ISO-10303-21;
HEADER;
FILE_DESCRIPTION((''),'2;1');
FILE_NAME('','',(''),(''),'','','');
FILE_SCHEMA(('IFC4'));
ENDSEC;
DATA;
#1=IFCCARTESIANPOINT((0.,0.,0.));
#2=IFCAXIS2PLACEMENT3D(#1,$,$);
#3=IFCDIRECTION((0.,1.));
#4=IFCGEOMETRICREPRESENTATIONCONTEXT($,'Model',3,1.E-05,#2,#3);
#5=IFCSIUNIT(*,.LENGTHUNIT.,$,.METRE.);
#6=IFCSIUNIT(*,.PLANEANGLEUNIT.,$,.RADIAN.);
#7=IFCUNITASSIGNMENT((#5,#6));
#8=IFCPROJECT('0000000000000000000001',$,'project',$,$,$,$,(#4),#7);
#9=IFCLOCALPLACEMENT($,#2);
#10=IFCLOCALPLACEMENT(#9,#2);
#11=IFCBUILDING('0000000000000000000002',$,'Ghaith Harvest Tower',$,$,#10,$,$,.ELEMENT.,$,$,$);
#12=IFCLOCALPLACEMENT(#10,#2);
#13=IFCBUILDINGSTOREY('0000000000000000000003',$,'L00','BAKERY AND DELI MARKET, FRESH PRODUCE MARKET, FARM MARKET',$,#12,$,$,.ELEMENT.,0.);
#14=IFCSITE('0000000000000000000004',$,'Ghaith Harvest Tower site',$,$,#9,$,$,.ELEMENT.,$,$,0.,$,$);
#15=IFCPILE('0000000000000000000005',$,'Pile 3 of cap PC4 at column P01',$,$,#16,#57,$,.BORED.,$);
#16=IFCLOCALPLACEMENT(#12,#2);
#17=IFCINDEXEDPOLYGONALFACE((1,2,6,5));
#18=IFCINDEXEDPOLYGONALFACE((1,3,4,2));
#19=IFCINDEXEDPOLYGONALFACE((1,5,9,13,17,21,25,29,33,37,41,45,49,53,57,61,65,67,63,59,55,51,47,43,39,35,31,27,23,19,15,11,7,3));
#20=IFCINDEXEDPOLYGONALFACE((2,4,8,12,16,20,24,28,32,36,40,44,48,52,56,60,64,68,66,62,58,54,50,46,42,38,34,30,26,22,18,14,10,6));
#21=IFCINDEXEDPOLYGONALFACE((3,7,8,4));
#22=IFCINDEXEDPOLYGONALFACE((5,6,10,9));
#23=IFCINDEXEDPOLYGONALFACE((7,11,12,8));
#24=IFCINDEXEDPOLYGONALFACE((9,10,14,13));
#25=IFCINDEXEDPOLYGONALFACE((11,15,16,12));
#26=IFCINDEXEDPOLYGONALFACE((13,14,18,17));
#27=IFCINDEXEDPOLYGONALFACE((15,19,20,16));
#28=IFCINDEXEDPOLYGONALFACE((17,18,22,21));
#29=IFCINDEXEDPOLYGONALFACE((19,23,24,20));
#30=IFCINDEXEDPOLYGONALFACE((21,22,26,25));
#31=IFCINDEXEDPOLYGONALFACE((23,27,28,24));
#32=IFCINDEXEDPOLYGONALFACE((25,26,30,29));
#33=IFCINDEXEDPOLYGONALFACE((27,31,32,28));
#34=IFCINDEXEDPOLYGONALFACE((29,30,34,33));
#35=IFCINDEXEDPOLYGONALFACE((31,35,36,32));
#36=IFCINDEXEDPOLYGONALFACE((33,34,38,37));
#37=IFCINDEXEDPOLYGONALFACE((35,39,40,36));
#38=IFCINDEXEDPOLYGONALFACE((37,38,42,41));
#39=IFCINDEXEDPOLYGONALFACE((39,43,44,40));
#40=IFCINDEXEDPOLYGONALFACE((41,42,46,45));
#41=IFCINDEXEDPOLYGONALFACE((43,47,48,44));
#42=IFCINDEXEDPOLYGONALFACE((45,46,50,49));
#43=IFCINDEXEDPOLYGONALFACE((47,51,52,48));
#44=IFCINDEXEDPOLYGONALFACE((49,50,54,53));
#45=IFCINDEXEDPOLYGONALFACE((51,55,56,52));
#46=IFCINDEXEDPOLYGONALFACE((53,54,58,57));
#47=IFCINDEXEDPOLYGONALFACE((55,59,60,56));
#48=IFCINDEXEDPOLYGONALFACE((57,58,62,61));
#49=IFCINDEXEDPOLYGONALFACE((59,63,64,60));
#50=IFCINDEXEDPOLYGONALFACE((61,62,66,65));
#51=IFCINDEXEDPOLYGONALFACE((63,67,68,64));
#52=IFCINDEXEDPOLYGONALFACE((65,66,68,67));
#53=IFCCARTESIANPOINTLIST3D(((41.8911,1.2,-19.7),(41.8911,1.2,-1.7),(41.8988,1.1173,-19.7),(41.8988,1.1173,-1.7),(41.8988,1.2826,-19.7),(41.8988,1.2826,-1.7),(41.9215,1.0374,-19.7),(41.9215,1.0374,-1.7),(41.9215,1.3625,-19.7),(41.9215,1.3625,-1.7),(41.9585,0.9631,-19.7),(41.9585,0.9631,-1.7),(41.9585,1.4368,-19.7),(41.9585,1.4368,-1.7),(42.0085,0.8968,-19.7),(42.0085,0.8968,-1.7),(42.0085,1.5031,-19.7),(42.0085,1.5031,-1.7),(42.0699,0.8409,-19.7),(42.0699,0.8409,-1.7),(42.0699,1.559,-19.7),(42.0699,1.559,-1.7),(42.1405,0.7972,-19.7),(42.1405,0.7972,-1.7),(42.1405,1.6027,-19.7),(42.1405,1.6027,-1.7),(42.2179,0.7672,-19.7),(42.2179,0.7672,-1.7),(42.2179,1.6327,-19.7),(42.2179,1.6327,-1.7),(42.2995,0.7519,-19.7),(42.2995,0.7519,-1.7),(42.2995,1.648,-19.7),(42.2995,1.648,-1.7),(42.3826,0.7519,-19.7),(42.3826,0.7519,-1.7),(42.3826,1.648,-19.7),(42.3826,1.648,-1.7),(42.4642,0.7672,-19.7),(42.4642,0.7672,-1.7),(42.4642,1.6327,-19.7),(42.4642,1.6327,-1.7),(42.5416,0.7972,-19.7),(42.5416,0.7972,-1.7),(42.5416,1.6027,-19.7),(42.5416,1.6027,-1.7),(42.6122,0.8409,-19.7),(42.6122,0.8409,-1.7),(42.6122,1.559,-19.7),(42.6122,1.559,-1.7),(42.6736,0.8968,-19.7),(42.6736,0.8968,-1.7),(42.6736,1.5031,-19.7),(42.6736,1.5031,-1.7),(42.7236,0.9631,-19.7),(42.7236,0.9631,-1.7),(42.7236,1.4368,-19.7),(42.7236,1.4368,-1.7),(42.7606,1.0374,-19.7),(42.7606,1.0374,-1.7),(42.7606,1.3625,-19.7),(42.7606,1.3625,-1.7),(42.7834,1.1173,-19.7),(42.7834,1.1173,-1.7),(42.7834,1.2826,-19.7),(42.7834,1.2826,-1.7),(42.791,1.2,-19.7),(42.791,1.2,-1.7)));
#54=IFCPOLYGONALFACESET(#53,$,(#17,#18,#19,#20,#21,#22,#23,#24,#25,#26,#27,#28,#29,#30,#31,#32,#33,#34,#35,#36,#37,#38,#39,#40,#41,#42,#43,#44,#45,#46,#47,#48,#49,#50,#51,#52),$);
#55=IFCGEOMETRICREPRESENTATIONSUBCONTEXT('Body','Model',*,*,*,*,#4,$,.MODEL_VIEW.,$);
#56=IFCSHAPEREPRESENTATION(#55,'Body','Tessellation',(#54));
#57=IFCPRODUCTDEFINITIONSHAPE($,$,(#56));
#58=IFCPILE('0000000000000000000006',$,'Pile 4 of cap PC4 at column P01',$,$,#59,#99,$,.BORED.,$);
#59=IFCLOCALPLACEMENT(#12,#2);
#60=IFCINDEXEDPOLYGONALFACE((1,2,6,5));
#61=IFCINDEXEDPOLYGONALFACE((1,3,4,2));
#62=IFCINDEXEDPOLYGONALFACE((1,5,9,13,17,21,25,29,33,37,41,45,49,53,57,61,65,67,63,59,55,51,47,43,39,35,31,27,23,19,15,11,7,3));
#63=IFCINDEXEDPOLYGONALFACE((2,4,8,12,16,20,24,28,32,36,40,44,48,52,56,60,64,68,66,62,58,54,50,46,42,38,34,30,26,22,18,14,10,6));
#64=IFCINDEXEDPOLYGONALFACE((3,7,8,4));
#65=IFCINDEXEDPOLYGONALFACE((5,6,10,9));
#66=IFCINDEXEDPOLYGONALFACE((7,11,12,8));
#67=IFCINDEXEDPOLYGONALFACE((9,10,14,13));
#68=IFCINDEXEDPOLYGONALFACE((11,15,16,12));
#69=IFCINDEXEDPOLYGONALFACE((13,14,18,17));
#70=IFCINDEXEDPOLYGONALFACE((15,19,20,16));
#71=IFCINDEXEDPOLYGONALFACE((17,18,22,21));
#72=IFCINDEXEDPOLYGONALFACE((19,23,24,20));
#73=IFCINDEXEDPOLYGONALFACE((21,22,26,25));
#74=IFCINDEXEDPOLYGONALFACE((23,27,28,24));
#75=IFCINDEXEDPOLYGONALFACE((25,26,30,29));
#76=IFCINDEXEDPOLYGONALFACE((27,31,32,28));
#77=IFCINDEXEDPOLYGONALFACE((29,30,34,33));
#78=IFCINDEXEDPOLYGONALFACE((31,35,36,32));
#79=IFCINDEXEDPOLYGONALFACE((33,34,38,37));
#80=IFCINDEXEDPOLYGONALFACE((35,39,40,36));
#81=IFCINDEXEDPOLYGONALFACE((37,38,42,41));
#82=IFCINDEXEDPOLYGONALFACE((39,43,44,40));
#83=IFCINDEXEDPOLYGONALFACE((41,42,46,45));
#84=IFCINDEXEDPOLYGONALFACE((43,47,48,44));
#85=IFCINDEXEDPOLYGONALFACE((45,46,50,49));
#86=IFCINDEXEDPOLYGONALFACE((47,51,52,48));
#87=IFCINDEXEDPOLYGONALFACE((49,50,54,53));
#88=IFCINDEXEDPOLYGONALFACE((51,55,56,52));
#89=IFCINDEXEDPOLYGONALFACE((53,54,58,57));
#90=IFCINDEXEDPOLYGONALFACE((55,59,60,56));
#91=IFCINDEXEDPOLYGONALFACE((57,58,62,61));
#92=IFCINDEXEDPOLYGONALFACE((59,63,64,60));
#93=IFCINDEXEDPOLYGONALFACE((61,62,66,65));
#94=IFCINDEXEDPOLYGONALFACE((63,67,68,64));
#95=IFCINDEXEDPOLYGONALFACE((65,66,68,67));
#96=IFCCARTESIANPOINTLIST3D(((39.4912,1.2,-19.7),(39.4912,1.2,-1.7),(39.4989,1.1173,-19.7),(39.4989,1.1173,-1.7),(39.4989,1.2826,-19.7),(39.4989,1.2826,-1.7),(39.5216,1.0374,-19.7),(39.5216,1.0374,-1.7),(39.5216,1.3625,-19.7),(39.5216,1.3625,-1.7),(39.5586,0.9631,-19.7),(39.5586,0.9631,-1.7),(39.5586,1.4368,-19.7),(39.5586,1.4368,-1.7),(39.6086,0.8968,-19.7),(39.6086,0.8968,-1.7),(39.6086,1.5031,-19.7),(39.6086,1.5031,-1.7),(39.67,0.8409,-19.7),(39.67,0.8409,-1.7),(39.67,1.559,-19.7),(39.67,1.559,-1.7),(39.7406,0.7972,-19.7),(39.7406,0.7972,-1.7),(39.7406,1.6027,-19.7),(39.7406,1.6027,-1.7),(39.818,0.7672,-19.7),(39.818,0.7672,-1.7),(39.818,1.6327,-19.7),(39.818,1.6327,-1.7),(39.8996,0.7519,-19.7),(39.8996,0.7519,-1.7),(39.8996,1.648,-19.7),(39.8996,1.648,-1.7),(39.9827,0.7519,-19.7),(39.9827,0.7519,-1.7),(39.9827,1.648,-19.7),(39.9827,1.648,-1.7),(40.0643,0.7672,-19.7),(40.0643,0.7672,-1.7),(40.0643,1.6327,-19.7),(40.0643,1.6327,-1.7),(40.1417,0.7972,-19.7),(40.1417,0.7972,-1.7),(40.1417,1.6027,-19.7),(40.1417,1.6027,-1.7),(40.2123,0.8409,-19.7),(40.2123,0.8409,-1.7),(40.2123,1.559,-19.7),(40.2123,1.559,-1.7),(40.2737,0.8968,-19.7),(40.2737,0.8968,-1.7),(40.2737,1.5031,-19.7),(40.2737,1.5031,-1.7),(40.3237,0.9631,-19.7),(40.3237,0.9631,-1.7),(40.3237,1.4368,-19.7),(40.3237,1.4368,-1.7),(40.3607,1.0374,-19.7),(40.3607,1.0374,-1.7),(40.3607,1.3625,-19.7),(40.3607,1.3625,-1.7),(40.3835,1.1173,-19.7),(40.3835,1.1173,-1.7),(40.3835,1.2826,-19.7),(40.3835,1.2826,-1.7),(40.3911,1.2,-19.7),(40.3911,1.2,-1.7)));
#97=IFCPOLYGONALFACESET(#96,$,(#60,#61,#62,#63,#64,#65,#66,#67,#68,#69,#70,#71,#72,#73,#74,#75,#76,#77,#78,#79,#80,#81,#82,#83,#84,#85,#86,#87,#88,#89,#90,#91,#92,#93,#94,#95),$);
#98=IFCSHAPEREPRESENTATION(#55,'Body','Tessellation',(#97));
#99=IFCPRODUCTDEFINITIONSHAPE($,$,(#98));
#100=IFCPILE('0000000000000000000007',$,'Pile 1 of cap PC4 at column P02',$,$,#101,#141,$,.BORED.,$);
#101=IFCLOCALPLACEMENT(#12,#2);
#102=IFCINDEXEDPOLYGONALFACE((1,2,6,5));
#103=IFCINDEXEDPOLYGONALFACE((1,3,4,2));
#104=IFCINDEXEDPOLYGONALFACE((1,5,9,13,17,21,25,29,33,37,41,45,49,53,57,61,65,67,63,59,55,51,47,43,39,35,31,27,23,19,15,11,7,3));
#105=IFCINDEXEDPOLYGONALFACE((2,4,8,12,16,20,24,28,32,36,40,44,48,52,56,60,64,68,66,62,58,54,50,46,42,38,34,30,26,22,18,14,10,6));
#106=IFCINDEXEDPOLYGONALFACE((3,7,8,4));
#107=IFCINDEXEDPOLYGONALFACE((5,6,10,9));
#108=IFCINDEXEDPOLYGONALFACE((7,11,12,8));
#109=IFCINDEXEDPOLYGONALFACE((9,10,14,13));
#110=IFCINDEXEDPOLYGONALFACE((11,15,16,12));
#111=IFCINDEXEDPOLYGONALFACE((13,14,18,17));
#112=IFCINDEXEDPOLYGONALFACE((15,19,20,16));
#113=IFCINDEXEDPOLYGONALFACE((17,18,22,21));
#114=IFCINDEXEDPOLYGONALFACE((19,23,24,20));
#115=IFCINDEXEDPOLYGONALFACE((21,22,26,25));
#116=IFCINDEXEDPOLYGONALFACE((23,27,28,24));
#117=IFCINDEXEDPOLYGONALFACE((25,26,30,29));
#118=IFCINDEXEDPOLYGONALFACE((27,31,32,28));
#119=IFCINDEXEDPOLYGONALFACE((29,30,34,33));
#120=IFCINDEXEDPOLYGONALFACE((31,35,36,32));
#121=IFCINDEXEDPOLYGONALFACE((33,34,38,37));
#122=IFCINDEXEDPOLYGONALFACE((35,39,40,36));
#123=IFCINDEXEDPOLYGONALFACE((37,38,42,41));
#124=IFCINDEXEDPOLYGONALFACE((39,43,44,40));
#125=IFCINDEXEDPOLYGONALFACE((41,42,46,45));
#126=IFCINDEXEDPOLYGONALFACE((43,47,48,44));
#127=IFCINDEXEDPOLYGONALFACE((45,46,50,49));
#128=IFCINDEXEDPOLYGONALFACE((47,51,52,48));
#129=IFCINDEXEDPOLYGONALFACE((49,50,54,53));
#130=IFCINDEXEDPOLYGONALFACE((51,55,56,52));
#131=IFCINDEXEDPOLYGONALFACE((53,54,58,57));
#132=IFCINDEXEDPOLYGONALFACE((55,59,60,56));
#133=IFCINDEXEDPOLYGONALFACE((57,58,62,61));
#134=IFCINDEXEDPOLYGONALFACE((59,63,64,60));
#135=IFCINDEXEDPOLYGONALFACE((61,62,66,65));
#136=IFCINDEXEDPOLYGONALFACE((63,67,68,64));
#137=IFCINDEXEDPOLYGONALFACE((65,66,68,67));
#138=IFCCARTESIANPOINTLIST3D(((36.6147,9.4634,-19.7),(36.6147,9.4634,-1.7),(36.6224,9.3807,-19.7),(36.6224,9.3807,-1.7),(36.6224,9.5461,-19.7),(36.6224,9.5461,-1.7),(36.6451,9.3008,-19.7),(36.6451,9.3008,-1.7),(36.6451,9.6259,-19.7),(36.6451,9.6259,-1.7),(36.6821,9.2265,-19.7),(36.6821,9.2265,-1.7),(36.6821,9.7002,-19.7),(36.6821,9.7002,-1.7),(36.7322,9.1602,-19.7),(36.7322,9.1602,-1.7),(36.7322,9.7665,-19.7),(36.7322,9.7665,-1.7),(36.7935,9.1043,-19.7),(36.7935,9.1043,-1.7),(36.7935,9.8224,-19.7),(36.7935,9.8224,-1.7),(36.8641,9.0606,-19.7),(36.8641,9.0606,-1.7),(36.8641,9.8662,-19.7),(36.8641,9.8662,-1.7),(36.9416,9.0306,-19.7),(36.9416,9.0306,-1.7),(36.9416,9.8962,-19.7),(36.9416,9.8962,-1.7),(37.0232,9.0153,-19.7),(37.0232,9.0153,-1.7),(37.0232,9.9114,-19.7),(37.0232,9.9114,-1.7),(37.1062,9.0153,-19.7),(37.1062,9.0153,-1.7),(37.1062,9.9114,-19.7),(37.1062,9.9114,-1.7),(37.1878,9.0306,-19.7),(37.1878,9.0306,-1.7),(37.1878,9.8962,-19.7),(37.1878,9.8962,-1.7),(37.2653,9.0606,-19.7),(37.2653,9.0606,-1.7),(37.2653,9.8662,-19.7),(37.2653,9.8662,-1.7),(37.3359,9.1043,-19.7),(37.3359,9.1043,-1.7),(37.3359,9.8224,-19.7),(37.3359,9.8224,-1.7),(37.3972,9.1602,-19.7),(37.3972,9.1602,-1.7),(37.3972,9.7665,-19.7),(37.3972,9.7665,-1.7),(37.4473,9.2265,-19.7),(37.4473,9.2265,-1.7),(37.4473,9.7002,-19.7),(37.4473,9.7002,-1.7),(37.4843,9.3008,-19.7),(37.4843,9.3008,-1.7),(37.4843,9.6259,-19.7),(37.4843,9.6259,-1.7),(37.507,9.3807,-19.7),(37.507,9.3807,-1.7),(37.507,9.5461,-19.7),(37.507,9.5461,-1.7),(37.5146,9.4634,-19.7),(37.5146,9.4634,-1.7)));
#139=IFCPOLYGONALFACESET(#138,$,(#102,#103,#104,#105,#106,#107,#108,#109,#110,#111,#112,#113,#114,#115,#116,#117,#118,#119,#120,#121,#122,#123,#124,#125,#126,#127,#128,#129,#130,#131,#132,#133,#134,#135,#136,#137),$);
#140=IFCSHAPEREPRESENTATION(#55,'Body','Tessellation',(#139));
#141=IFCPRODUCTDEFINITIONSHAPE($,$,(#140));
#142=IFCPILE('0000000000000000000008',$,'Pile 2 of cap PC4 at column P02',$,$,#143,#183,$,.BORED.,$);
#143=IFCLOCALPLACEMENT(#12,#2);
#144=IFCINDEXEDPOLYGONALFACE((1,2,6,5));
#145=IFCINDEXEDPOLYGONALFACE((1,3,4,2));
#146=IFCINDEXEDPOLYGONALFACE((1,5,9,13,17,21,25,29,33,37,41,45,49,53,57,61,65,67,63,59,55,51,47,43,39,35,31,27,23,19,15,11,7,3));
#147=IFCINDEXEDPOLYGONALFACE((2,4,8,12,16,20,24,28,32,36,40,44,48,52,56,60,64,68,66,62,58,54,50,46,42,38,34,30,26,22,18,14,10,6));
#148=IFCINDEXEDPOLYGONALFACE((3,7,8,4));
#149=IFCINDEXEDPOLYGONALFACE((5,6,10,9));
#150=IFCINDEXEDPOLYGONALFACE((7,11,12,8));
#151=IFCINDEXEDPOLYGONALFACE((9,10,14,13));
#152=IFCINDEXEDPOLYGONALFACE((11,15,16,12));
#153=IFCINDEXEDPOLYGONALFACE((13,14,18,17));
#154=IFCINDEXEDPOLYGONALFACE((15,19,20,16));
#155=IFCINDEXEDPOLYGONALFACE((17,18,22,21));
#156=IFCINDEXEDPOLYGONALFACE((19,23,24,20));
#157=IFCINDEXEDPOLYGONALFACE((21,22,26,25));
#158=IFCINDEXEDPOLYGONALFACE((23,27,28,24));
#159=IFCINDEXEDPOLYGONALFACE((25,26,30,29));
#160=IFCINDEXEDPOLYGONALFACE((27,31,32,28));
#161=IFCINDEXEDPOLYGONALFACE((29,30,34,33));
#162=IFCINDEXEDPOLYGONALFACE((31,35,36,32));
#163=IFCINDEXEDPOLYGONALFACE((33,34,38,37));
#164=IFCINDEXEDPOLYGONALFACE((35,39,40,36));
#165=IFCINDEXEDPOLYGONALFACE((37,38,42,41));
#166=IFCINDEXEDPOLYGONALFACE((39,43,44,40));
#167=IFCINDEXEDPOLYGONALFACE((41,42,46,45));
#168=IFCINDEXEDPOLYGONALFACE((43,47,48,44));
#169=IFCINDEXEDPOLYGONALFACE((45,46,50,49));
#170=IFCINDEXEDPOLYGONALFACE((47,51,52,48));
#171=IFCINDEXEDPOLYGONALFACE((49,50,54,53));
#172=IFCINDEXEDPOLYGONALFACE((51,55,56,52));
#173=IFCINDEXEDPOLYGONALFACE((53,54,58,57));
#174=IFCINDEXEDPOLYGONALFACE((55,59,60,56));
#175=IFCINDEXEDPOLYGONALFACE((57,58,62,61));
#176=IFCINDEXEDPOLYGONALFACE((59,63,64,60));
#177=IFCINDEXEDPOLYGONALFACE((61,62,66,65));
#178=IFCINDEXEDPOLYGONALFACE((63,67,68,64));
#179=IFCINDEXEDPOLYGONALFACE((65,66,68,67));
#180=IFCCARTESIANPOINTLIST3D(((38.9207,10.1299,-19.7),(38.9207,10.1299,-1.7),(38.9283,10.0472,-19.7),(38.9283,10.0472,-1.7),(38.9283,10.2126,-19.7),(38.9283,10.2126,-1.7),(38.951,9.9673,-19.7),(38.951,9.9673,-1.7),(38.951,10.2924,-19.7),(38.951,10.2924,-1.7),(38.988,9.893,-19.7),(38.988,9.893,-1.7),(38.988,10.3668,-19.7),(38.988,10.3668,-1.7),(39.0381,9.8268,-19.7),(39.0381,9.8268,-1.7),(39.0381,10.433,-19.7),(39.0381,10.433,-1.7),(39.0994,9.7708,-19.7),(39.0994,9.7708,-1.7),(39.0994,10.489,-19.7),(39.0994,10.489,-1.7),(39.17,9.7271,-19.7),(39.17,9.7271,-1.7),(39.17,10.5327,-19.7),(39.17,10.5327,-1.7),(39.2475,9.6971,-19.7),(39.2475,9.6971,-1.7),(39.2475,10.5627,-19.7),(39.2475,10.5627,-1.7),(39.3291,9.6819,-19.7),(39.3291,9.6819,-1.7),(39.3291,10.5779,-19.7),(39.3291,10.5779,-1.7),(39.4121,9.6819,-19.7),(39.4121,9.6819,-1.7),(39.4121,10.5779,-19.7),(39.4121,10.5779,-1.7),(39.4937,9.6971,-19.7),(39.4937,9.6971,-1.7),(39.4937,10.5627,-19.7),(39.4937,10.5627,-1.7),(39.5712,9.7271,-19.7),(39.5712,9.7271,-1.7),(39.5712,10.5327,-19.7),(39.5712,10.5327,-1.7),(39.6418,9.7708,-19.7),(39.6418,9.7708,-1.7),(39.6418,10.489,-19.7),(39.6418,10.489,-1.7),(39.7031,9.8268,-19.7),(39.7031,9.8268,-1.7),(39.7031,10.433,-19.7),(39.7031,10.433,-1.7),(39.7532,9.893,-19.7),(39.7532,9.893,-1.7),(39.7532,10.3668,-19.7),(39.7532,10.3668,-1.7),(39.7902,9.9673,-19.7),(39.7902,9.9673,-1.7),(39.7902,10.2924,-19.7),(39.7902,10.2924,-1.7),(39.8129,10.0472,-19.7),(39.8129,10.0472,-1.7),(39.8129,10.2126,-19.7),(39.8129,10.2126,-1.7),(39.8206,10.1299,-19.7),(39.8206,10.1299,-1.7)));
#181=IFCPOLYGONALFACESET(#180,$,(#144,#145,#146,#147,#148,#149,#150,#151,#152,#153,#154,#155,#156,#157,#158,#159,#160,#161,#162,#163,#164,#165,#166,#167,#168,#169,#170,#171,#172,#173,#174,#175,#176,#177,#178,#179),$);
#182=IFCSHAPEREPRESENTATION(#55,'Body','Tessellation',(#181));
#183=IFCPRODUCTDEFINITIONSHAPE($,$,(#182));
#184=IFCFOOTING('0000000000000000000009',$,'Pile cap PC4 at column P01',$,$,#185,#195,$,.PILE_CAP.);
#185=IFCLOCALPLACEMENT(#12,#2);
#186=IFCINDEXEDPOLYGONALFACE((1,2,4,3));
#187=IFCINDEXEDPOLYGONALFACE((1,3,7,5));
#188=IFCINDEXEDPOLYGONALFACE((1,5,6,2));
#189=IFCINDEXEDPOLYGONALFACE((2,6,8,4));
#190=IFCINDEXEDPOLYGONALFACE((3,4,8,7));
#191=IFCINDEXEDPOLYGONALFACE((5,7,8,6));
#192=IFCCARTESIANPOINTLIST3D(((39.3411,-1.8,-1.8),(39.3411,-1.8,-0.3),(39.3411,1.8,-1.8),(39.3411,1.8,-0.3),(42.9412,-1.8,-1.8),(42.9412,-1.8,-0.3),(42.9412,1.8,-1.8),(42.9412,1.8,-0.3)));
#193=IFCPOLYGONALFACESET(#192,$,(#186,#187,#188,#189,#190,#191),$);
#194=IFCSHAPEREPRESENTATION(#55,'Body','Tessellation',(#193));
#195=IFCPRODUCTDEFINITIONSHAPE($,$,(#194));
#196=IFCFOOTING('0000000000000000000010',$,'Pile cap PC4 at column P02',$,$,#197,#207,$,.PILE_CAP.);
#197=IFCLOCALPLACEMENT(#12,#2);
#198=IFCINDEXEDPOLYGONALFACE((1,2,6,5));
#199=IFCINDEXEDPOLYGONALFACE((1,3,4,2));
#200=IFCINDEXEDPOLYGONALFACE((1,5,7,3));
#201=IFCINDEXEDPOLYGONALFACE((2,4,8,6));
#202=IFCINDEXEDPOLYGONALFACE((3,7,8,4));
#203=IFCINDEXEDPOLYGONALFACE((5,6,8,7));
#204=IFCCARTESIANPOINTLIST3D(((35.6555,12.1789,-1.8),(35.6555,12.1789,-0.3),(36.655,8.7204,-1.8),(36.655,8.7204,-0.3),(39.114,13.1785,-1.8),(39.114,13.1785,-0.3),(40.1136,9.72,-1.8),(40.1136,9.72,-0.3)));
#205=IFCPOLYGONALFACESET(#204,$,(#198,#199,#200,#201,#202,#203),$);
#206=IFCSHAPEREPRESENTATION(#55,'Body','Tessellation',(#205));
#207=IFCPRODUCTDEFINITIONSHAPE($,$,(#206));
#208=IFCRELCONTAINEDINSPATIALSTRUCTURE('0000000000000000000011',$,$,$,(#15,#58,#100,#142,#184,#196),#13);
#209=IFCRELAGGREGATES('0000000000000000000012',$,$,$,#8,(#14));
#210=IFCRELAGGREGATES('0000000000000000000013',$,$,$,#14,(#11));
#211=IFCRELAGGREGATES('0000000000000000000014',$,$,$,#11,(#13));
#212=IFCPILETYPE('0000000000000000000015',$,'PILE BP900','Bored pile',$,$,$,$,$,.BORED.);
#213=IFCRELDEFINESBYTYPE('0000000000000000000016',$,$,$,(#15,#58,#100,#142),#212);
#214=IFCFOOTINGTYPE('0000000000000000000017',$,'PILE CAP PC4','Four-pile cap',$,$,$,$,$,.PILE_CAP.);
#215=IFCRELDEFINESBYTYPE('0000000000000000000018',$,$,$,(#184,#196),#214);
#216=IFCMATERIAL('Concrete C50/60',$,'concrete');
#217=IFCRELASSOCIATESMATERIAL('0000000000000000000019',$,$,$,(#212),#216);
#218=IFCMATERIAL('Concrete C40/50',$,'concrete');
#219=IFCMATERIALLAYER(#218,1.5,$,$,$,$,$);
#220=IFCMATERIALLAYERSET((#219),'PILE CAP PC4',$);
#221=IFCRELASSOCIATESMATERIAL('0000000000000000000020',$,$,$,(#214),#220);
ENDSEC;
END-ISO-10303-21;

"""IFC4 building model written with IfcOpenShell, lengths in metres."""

from ifc_helpers import new_model, si_unit, direction, frame, origin, origin_2d, place, context, subcontext, project, spatial, rectangle, circle, extrude, material, layer, layer_set, material_profile, profile_set, type_object, element, save


model = new_model("IFC4")

# Units and contexts
model_context = context("Model", 3, precision=1e-05, world=origin(), true_north=direction((0.0, 1.0)))
body_context = subcontext(model_context, "Body", "Model", "MODEL_VIEW")
ifc_project = project(units=[si_unit("LENGTHUNIT", "METRE"), si_unit("PLANEANGLEUNIT", "RADIAN")], contexts=[model_context])

# Site, building, storey
site_placement = place(None, origin())
site = spatial("IfcSite", under=ifc_project, at=site_placement, Name="Ghaith Harvest Tower site", CompositionType="ELEMENT", RefElevation=0.0)
building_placement = place(site_placement, origin())
building = spatial("IfcBuilding", under=site, at=building_placement, Name="Ghaith Harvest Tower", CompositionType="ELEMENT")
storey_placement = place(building_placement, origin())
storey = spatial("IfcBuildingStorey", under=building, at=storey_placement, Name="L00", Description="BAKERY AND DELI MARKET, FRESH PRODUCE MARKET, FARM MARKET", CompositionType="ELEMENT", Elevation=0.0)

# Piles
ifc_material_1 = material(Name="Concrete C50/60", Category="concrete")
ifc_material_profile_1 = material_profile(ifc_material_1, circle(Radius=0.45, at=origin_2d()), Name="PILE900")
ifc_profile_set_1 = profile_set([ifc_material_profile_1], Name="Concrete C50/60")
pile_type = type_object("IfcPileType", Name="PILE BP900", Description="Bored pile", PredefinedType="BORED", material=ifc_profile_set_1)
for number, where, z_axis, x_axis, name in (
    (1, (42.3411, 1.2, -1.7), (0.0, 0.0, -1.0), (1.0, 0.0, 0.0), "Pile 3 of cap PC4 at column P01"),
    (2, (39.9412, 1.2, -1.7), (0.0, 0.0, -1.0), (1.0, 0.0, 0.0), "Pile 4 of cap PC4 at column P01"),
    (3, (37.0647, 9.4634, -1.7), (0.0, 0.0, -1.0), (1.0, 0.0, 0.0), "Pile 1 of cap PC4 at column P02"),
    (4, (39.3706, 10.1299, -1.7), (0.0, 0.0, -1.0), (1.0, 0.0, 0.0), "Pile 2 of cap PC4 at column P02"),
):
    element("IfcPile", number, at=place(storey_placement, frame(where, z_axis=z_axis, x_axis=x_axis)), inside=storey, type_object=pile_type, Name=name, PredefinedType="BORED", context=body_context, shape_type="SweptSolid", body=[
        extrude(circle(Radius=0.45, at=origin_2d()), origin(), (0.0, 0.0, 1.0), 18.0),
    ])

# Footings
ifc_material_2 = material(Name="Concrete C40/50", Category="concrete")
ifc_layer_1 = layer(ifc_material_2, 1.5)
ifc_layer_set_1 = layer_set([ifc_layer_1], Name="PILE CAP PC4")
footing_type_1 = type_object("IfcFootingType", Name="PILE CAP PC4", Description="Four-pile cap", PredefinedType="PILE_CAP", material=ifc_layer_set_1)
for number, where, z_axis, x_axis, name in (
    (5, (41.1411, 0.0, -1.8), (0.0, 0.0, 1.0), (1.0, 0.0, 0.0), "Pile cap PC4 at column P01"),
    (6, (37.8845, 10.9495, -1.8), (0.0, 0.0, 1.0), (0.96068, 0.277657, 0.0), "Pile cap PC4 at column P02"),
):
    element("IfcFooting", number, at=place(storey_placement, frame(where, z_axis=z_axis, x_axis=x_axis)), inside=storey, type_object=footing_type_1, Name=name, PredefinedType="PILE_CAP", context=body_context, shape_type="SweptSolid", body=[
        extrude(rectangle(XDim=3.6001, YDim=3.6001, at=origin_2d()), origin(), (0.0, 0.0, 1.0), 1.5),
    ])

save(model, "model.ifc")
